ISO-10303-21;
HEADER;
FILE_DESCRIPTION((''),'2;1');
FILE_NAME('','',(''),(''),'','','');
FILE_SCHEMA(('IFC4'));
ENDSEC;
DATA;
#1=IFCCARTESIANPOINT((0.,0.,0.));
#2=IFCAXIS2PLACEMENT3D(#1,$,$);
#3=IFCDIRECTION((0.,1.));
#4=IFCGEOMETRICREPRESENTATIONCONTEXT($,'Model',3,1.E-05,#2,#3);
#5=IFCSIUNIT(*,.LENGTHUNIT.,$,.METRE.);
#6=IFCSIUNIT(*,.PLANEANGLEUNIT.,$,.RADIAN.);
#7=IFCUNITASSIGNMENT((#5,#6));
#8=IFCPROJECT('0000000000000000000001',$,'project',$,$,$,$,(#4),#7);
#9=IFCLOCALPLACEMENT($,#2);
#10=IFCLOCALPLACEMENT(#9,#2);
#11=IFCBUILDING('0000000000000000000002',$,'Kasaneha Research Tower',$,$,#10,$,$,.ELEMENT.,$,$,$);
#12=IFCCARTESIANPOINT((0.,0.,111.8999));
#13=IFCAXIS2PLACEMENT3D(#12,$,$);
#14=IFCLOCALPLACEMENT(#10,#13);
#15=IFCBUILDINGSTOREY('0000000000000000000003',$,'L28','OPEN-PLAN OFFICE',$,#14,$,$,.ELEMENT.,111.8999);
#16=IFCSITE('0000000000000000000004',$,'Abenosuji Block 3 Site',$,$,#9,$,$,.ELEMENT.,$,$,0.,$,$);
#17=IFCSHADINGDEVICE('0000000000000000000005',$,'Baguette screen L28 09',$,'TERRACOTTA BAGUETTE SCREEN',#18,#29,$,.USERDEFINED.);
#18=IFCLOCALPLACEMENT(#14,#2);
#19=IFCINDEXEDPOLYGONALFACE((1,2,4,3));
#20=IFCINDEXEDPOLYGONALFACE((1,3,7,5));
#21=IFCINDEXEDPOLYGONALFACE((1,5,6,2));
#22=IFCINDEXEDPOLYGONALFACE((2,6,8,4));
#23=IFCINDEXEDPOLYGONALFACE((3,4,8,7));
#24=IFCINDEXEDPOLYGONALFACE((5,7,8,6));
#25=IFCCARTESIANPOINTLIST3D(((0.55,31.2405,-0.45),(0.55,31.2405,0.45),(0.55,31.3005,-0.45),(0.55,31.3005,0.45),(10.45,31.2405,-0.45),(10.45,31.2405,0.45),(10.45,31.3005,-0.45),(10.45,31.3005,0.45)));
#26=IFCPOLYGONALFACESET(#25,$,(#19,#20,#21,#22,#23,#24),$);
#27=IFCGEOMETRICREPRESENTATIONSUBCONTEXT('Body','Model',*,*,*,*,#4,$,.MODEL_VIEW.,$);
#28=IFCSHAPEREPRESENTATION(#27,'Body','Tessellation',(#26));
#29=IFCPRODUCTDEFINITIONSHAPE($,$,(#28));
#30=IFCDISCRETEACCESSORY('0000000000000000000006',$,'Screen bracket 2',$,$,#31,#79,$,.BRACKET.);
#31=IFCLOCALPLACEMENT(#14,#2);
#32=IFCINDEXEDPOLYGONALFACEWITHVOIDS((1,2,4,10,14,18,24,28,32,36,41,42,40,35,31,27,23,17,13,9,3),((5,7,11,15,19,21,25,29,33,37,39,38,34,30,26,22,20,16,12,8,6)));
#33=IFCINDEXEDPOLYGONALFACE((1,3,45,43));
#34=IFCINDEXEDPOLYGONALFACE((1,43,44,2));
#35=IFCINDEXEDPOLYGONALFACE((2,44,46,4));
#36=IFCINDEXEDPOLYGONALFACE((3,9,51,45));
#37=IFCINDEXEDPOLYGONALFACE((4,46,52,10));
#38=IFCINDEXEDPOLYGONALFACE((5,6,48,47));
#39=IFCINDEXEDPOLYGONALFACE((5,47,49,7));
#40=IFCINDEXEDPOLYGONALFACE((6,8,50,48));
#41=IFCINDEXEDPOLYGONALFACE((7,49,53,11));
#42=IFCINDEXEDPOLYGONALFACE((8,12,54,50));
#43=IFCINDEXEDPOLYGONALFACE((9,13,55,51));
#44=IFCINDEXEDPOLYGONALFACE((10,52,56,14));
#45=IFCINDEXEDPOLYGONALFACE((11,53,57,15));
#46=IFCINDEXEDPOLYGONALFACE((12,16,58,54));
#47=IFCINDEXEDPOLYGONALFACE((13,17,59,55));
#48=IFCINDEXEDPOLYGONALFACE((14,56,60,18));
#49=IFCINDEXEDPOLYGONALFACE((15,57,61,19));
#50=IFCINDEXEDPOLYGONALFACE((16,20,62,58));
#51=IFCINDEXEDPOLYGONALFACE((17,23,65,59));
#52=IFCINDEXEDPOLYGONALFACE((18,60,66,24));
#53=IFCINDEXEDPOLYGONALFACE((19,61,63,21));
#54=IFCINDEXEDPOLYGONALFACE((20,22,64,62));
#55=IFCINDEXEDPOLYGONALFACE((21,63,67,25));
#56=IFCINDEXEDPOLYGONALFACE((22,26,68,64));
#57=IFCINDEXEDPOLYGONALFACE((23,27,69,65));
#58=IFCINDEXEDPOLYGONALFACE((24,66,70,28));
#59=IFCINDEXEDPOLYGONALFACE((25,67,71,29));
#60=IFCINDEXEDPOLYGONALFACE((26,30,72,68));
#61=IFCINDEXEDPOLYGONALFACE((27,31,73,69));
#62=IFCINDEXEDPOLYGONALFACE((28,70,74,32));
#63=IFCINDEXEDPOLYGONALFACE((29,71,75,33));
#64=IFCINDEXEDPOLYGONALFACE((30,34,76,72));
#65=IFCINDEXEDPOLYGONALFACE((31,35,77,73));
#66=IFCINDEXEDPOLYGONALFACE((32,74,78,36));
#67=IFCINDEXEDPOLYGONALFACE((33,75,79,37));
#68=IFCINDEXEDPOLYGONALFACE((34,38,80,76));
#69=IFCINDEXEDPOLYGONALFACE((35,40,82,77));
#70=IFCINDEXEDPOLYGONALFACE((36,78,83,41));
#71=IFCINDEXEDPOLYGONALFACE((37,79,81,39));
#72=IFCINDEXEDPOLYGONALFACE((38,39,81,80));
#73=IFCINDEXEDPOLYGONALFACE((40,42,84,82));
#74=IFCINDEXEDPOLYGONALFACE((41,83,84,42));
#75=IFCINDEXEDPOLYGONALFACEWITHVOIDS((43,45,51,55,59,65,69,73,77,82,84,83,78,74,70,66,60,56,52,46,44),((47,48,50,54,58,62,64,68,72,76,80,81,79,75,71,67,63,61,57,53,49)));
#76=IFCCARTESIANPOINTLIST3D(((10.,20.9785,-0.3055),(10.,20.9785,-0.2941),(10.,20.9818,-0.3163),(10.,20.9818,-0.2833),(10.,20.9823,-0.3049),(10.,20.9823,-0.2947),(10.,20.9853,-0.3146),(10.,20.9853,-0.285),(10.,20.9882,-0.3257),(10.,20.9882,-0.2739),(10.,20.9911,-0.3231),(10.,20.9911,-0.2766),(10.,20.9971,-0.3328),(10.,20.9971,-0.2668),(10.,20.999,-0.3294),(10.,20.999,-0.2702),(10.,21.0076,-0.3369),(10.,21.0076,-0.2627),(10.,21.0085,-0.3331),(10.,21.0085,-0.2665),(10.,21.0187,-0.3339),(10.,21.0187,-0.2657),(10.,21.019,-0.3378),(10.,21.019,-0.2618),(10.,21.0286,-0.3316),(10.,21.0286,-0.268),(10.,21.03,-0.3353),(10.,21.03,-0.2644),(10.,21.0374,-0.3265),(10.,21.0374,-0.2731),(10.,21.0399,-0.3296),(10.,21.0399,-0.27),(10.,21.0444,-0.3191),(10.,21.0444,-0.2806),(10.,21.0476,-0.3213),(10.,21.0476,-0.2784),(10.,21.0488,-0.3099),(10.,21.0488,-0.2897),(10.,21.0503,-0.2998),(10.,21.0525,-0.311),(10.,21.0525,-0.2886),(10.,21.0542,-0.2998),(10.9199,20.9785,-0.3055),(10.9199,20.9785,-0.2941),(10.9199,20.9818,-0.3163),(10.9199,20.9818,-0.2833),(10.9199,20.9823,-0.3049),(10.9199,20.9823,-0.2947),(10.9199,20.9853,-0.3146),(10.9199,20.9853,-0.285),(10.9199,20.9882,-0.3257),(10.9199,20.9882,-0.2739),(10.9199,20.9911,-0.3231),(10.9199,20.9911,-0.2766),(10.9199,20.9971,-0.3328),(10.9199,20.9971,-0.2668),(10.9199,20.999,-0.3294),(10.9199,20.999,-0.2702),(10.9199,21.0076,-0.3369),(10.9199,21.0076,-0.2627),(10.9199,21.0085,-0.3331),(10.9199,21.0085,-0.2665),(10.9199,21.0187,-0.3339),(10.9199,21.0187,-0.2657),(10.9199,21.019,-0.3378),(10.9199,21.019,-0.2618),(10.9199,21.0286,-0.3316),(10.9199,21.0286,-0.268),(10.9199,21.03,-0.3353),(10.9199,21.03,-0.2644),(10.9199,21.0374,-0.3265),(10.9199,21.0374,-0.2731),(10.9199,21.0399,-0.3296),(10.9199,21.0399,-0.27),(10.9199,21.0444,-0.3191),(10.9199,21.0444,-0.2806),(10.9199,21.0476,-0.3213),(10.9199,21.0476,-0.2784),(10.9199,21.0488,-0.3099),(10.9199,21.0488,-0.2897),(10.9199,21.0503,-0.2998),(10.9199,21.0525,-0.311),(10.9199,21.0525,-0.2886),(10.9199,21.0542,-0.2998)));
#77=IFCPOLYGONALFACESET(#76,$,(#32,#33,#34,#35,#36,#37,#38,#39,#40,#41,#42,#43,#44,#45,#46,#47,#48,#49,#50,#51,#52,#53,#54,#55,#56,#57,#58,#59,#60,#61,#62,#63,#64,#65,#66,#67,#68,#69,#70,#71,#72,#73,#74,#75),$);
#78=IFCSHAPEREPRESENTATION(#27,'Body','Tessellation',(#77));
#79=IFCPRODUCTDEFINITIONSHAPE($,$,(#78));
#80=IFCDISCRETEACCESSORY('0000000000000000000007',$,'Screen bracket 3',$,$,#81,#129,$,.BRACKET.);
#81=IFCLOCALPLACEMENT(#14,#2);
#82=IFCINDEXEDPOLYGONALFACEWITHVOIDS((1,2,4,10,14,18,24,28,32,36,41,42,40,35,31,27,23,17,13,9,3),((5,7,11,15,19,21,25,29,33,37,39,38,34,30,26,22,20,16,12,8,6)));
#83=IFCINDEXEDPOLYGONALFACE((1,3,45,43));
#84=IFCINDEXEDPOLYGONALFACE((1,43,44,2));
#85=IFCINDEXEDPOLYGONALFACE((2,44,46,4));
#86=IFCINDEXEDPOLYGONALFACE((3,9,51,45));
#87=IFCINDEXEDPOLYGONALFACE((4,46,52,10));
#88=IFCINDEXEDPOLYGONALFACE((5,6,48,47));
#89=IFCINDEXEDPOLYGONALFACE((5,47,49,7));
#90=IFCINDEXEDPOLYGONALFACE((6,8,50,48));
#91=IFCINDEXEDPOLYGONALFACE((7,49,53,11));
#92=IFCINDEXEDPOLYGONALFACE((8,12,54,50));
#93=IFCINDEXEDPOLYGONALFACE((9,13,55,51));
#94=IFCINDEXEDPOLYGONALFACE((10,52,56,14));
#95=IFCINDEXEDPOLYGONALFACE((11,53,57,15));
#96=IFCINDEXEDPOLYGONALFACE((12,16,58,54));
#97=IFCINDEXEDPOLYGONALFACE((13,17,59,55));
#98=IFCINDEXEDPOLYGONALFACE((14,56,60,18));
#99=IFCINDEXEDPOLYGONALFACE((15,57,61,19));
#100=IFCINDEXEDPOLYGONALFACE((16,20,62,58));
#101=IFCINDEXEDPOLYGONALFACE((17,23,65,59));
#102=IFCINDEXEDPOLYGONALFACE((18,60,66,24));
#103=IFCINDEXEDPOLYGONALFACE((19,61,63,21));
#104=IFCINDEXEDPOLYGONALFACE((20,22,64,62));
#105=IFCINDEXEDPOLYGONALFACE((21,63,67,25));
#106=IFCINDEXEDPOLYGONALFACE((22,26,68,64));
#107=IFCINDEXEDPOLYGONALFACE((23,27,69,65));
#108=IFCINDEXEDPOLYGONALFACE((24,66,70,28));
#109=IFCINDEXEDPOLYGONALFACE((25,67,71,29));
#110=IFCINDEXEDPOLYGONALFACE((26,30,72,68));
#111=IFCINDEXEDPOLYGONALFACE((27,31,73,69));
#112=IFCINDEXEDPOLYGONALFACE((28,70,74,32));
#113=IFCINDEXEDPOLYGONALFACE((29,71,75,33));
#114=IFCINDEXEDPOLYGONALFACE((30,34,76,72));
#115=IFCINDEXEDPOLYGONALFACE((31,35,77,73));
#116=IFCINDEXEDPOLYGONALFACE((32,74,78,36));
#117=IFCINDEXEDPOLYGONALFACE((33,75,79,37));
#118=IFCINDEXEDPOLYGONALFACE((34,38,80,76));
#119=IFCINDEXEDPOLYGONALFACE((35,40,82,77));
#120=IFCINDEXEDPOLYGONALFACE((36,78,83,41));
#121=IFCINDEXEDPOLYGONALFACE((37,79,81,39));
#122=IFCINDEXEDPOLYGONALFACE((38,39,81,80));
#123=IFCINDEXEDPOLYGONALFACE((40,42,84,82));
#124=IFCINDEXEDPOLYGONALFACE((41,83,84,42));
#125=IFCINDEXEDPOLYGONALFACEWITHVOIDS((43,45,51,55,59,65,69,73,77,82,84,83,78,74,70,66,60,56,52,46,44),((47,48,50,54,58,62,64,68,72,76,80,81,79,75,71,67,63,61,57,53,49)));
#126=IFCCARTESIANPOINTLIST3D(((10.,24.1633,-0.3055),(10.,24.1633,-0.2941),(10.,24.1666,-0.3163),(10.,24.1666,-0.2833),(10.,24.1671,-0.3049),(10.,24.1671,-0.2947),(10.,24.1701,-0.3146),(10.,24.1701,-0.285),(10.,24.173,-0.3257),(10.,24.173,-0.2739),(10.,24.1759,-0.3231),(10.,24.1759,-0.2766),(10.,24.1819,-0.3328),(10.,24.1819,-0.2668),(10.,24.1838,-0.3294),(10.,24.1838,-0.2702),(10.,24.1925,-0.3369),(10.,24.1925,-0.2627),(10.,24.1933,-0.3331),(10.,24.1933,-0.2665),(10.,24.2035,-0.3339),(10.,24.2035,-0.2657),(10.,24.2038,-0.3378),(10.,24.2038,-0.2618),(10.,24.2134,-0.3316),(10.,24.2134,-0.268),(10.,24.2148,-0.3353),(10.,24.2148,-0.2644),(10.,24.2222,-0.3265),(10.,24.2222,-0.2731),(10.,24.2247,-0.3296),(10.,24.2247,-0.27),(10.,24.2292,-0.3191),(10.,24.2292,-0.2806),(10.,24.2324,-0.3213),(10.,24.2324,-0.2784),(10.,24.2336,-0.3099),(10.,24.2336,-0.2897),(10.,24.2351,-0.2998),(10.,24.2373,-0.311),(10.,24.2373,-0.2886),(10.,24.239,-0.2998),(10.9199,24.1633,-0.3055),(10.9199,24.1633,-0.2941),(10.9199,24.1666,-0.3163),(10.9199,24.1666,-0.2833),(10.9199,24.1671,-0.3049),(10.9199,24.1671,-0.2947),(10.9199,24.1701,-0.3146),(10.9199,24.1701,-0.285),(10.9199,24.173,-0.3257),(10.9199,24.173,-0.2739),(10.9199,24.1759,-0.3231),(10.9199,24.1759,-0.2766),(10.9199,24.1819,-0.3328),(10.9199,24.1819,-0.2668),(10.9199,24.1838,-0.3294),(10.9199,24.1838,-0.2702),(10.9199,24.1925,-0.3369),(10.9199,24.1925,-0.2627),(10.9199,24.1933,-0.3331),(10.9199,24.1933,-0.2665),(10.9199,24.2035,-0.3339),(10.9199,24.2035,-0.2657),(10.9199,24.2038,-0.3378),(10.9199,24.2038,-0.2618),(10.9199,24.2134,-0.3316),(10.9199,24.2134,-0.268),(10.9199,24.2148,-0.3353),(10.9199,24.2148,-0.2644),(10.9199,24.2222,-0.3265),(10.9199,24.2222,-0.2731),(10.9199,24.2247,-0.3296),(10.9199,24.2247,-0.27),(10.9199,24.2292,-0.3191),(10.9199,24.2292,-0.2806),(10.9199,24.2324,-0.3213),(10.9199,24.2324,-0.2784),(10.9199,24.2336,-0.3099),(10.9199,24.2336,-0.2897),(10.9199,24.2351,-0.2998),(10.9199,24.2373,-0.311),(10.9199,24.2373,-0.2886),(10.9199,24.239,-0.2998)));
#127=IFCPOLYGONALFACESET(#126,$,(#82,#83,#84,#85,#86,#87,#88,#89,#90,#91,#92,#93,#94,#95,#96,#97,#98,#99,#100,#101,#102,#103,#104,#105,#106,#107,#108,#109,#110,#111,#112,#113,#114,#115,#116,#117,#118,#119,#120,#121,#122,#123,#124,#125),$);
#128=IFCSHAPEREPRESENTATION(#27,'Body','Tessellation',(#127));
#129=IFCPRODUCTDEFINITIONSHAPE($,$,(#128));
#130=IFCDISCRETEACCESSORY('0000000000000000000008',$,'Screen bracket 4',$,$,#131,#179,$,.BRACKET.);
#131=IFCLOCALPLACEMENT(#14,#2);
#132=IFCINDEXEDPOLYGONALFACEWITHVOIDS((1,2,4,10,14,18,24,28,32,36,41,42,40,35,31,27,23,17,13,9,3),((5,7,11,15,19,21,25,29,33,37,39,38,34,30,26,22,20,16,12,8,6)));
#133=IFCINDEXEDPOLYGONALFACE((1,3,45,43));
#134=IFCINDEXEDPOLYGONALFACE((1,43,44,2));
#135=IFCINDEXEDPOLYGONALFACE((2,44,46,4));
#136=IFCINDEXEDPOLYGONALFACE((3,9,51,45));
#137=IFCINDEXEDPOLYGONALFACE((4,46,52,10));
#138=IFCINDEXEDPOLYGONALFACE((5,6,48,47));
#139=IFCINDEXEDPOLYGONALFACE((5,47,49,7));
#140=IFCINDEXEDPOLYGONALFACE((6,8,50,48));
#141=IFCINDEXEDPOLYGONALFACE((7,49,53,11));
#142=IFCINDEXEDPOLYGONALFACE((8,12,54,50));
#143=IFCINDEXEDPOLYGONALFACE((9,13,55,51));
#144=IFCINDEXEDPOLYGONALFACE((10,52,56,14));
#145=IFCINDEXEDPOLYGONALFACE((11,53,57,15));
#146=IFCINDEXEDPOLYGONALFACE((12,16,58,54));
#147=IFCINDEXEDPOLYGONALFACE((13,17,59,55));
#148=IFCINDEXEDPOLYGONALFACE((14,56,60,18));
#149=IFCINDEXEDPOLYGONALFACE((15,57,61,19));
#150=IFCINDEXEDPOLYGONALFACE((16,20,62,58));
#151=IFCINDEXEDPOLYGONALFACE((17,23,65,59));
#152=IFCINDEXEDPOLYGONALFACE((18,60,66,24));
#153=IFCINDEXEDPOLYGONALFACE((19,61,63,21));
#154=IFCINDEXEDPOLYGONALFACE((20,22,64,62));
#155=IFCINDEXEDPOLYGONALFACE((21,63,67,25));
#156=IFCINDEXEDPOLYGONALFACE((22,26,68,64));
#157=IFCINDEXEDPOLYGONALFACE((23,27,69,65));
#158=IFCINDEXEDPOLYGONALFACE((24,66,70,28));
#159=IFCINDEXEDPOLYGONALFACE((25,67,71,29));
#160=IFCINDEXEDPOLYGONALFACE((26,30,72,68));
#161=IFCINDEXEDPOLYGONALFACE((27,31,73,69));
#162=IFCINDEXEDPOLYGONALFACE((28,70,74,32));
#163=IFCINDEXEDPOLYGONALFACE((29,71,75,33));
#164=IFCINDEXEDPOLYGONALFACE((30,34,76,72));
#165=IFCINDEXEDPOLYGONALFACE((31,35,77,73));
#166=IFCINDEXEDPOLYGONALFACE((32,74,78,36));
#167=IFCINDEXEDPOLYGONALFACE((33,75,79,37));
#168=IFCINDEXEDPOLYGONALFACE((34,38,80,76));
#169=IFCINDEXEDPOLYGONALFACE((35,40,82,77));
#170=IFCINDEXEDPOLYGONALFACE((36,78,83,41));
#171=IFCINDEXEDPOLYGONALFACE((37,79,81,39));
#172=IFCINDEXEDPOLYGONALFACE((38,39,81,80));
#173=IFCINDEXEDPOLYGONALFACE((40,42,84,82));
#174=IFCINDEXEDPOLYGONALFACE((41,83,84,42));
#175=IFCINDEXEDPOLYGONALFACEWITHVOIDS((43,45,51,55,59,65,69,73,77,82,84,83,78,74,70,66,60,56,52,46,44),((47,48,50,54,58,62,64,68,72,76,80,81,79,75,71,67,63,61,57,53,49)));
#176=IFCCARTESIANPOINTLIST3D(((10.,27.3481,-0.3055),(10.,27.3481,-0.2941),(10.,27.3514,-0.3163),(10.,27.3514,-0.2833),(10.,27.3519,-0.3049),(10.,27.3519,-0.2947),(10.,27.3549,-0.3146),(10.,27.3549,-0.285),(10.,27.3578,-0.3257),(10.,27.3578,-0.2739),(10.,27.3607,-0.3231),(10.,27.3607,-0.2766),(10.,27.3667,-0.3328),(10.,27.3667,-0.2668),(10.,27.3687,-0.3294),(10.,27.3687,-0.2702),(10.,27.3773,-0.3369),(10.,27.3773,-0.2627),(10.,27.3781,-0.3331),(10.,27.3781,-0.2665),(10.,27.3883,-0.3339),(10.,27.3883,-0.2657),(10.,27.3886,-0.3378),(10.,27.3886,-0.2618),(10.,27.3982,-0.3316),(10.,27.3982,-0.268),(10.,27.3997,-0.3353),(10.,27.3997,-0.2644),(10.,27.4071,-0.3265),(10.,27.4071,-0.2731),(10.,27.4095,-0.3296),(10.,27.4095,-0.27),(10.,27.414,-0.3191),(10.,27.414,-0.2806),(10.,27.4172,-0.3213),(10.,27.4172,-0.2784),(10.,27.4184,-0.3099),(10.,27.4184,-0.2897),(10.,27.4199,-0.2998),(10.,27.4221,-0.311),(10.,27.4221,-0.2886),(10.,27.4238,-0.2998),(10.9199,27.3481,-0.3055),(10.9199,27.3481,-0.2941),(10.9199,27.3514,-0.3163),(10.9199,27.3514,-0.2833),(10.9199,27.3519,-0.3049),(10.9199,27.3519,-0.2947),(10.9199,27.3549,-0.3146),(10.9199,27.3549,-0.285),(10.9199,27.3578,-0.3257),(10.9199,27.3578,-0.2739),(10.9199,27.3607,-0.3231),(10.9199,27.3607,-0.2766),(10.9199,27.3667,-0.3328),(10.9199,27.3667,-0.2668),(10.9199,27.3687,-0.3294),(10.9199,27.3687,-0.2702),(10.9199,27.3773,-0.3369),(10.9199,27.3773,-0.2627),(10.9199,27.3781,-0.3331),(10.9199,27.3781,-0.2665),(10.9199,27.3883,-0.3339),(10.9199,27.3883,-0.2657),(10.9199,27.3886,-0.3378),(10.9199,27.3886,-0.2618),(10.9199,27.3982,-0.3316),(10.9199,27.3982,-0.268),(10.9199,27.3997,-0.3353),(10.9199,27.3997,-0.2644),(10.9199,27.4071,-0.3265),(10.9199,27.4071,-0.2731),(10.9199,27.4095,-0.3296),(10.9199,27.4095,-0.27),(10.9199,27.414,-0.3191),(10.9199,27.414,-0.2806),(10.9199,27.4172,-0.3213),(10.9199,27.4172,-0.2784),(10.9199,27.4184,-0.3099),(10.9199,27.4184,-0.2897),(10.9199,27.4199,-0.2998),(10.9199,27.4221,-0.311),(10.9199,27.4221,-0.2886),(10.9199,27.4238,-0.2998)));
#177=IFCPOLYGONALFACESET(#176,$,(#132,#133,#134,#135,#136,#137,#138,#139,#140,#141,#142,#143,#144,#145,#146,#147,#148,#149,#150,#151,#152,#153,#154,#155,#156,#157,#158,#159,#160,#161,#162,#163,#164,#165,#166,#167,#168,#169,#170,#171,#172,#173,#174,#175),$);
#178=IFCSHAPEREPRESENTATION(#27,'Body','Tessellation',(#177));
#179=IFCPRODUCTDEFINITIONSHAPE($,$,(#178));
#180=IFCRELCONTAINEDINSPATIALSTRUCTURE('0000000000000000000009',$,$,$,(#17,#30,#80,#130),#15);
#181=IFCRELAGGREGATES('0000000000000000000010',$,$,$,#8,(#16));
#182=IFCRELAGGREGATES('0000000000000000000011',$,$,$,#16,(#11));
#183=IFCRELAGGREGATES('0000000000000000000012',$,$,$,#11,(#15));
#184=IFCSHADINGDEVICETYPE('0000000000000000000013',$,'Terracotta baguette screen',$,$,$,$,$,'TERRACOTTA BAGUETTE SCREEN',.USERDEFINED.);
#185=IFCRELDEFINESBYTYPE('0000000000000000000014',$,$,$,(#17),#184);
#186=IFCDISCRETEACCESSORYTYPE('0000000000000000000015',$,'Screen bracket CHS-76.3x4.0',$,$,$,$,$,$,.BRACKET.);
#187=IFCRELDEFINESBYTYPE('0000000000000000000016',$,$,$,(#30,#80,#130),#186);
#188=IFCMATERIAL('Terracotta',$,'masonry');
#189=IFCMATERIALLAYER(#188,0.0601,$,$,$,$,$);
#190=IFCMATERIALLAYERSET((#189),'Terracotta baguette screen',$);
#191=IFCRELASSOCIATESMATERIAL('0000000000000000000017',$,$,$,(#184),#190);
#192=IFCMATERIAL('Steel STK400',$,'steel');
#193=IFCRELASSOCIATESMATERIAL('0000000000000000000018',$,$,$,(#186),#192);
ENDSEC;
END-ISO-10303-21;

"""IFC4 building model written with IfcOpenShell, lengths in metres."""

from ifc_helpers import new_model, si_unit, direction, frame, origin, origin_2d, place, context, subcontext, project, spatial, rectangle, hollow_circle, extrude, material, layer, layer_set, material_profile, profile_set, type_object, element, save


model = new_model("IFC4")

# Units and contexts
model_context = context("Model", 3, precision=1e-05, world=origin(), true_north=direction((0.0, 1.0)))
body_context = subcontext(model_context, "Body", "Model", "MODEL_VIEW")
ifc_project = project(units=[si_unit("LENGTHUNIT", "METRE"), si_unit("PLANEANGLEUNIT", "RADIAN")], contexts=[model_context])

# Site, building, storey
site_placement = place(None, origin())
site = spatial("IfcSite", under=ifc_project, at=site_placement, Name="Abenosuji Block 3 Site", CompositionType="ELEMENT", RefElevation=0.0)
building_placement = place(site_placement, origin())
building = spatial("IfcBuilding", under=site, at=building_placement, Name="Kasaneha Research Tower", CompositionType="ELEMENT")
storey_placement = place(building_placement, frame((0.0, 0.0, 111.8999)))
storey = spatial("IfcBuildingStorey", under=building, at=storey_placement, Name="L28", Description="OPEN-PLAN OFFICE", CompositionType="ELEMENT", Elevation=111.8999)

# Shading device
ifc_material_1 = material(Name="Terracotta", Category="masonry")
ifc_layer_1 = layer(ifc_material_1, 0.0601)
ifc_layer_set_1 = layer_set([ifc_layer_1], Name="Terracotta baguette screen")
shading_device_type = type_object("IfcShadingDeviceType", Name="Terracotta baguette screen", ElementType="TERRACOTTA BAGUETTE SCREEN", PredefinedType="USERDEFINED", material=ifc_layer_set_1)
shading_device_1_placement = place(storey_placement, frame((5.5, 31.2705, -0.45), z_axis=(0.0, 0.0, 1.0), x_axis=(-1.0, 0.0, 0.0)))
element("IfcShadingDevice", 1, at=shading_device_1_placement, inside=storey, type_object=shading_device_type, Name="Baguette screen L28 09", ObjectType="TERRACOTTA BAGUETTE SCREEN", PredefinedType="USERDEFINED", context=body_context, shape_type="SweptSolid", body=[
    extrude(rectangle(XDim=9.8999, YDim=0.0601, at=origin_2d()), origin(), (0.0, 0.0, 1.0), 0.8999),
])

# Discrete accessories
ifc_material_2 = material(Name="Steel STK400", Category="steel")
ifc_material_profile_1 = material_profile(ifc_material_2, hollow_circle(Radius=0.0381, WallThickness=0.0039, at=origin_2d()), Name="CHS-76.3x4.0")
ifc_profile_set_1 = profile_set([ifc_material_profile_1], Name="Steel STK400")
discrete_accessory_type = type_object("IfcDiscreteAccessoryType", Name="Screen bracket CHS-76.3x4.0", PredefinedType="BRACKET", material=ifc_profile_set_1)
for number, where, z_axis, x_axis, name in (
    (2, (10.0, 21.0161, -0.2998), (1.0, 0.0, 0.0), (0.0, 1.0, 0.0), "Screen bracket 2"),
    (3, (10.0, 24.2009, -0.2998), (1.0, 0.0, 0.0), (0.0, 1.0, 0.0), "Screen bracket 3"),
    (4, (10.0, 27.3857, -0.2998), (1.0, 0.0, 0.0), (0.0, 1.0, 0.0), "Screen bracket 4"),
):
    element("IfcDiscreteAccessory", number, at=place(storey_placement, frame(where, z_axis=z_axis, x_axis=x_axis)), inside=storey, type_object=discrete_accessory_type, Name=name, PredefinedType="BRACKET", context=body_context, shape_type="SweptSolid", body=[
        extrude(hollow_circle(Radius=0.0381, WallThickness=0.0039, at=origin_2d()), origin(), (0.0, 0.0, 1.0), 0.9199),
    ])

save(model, "model.ifc")
